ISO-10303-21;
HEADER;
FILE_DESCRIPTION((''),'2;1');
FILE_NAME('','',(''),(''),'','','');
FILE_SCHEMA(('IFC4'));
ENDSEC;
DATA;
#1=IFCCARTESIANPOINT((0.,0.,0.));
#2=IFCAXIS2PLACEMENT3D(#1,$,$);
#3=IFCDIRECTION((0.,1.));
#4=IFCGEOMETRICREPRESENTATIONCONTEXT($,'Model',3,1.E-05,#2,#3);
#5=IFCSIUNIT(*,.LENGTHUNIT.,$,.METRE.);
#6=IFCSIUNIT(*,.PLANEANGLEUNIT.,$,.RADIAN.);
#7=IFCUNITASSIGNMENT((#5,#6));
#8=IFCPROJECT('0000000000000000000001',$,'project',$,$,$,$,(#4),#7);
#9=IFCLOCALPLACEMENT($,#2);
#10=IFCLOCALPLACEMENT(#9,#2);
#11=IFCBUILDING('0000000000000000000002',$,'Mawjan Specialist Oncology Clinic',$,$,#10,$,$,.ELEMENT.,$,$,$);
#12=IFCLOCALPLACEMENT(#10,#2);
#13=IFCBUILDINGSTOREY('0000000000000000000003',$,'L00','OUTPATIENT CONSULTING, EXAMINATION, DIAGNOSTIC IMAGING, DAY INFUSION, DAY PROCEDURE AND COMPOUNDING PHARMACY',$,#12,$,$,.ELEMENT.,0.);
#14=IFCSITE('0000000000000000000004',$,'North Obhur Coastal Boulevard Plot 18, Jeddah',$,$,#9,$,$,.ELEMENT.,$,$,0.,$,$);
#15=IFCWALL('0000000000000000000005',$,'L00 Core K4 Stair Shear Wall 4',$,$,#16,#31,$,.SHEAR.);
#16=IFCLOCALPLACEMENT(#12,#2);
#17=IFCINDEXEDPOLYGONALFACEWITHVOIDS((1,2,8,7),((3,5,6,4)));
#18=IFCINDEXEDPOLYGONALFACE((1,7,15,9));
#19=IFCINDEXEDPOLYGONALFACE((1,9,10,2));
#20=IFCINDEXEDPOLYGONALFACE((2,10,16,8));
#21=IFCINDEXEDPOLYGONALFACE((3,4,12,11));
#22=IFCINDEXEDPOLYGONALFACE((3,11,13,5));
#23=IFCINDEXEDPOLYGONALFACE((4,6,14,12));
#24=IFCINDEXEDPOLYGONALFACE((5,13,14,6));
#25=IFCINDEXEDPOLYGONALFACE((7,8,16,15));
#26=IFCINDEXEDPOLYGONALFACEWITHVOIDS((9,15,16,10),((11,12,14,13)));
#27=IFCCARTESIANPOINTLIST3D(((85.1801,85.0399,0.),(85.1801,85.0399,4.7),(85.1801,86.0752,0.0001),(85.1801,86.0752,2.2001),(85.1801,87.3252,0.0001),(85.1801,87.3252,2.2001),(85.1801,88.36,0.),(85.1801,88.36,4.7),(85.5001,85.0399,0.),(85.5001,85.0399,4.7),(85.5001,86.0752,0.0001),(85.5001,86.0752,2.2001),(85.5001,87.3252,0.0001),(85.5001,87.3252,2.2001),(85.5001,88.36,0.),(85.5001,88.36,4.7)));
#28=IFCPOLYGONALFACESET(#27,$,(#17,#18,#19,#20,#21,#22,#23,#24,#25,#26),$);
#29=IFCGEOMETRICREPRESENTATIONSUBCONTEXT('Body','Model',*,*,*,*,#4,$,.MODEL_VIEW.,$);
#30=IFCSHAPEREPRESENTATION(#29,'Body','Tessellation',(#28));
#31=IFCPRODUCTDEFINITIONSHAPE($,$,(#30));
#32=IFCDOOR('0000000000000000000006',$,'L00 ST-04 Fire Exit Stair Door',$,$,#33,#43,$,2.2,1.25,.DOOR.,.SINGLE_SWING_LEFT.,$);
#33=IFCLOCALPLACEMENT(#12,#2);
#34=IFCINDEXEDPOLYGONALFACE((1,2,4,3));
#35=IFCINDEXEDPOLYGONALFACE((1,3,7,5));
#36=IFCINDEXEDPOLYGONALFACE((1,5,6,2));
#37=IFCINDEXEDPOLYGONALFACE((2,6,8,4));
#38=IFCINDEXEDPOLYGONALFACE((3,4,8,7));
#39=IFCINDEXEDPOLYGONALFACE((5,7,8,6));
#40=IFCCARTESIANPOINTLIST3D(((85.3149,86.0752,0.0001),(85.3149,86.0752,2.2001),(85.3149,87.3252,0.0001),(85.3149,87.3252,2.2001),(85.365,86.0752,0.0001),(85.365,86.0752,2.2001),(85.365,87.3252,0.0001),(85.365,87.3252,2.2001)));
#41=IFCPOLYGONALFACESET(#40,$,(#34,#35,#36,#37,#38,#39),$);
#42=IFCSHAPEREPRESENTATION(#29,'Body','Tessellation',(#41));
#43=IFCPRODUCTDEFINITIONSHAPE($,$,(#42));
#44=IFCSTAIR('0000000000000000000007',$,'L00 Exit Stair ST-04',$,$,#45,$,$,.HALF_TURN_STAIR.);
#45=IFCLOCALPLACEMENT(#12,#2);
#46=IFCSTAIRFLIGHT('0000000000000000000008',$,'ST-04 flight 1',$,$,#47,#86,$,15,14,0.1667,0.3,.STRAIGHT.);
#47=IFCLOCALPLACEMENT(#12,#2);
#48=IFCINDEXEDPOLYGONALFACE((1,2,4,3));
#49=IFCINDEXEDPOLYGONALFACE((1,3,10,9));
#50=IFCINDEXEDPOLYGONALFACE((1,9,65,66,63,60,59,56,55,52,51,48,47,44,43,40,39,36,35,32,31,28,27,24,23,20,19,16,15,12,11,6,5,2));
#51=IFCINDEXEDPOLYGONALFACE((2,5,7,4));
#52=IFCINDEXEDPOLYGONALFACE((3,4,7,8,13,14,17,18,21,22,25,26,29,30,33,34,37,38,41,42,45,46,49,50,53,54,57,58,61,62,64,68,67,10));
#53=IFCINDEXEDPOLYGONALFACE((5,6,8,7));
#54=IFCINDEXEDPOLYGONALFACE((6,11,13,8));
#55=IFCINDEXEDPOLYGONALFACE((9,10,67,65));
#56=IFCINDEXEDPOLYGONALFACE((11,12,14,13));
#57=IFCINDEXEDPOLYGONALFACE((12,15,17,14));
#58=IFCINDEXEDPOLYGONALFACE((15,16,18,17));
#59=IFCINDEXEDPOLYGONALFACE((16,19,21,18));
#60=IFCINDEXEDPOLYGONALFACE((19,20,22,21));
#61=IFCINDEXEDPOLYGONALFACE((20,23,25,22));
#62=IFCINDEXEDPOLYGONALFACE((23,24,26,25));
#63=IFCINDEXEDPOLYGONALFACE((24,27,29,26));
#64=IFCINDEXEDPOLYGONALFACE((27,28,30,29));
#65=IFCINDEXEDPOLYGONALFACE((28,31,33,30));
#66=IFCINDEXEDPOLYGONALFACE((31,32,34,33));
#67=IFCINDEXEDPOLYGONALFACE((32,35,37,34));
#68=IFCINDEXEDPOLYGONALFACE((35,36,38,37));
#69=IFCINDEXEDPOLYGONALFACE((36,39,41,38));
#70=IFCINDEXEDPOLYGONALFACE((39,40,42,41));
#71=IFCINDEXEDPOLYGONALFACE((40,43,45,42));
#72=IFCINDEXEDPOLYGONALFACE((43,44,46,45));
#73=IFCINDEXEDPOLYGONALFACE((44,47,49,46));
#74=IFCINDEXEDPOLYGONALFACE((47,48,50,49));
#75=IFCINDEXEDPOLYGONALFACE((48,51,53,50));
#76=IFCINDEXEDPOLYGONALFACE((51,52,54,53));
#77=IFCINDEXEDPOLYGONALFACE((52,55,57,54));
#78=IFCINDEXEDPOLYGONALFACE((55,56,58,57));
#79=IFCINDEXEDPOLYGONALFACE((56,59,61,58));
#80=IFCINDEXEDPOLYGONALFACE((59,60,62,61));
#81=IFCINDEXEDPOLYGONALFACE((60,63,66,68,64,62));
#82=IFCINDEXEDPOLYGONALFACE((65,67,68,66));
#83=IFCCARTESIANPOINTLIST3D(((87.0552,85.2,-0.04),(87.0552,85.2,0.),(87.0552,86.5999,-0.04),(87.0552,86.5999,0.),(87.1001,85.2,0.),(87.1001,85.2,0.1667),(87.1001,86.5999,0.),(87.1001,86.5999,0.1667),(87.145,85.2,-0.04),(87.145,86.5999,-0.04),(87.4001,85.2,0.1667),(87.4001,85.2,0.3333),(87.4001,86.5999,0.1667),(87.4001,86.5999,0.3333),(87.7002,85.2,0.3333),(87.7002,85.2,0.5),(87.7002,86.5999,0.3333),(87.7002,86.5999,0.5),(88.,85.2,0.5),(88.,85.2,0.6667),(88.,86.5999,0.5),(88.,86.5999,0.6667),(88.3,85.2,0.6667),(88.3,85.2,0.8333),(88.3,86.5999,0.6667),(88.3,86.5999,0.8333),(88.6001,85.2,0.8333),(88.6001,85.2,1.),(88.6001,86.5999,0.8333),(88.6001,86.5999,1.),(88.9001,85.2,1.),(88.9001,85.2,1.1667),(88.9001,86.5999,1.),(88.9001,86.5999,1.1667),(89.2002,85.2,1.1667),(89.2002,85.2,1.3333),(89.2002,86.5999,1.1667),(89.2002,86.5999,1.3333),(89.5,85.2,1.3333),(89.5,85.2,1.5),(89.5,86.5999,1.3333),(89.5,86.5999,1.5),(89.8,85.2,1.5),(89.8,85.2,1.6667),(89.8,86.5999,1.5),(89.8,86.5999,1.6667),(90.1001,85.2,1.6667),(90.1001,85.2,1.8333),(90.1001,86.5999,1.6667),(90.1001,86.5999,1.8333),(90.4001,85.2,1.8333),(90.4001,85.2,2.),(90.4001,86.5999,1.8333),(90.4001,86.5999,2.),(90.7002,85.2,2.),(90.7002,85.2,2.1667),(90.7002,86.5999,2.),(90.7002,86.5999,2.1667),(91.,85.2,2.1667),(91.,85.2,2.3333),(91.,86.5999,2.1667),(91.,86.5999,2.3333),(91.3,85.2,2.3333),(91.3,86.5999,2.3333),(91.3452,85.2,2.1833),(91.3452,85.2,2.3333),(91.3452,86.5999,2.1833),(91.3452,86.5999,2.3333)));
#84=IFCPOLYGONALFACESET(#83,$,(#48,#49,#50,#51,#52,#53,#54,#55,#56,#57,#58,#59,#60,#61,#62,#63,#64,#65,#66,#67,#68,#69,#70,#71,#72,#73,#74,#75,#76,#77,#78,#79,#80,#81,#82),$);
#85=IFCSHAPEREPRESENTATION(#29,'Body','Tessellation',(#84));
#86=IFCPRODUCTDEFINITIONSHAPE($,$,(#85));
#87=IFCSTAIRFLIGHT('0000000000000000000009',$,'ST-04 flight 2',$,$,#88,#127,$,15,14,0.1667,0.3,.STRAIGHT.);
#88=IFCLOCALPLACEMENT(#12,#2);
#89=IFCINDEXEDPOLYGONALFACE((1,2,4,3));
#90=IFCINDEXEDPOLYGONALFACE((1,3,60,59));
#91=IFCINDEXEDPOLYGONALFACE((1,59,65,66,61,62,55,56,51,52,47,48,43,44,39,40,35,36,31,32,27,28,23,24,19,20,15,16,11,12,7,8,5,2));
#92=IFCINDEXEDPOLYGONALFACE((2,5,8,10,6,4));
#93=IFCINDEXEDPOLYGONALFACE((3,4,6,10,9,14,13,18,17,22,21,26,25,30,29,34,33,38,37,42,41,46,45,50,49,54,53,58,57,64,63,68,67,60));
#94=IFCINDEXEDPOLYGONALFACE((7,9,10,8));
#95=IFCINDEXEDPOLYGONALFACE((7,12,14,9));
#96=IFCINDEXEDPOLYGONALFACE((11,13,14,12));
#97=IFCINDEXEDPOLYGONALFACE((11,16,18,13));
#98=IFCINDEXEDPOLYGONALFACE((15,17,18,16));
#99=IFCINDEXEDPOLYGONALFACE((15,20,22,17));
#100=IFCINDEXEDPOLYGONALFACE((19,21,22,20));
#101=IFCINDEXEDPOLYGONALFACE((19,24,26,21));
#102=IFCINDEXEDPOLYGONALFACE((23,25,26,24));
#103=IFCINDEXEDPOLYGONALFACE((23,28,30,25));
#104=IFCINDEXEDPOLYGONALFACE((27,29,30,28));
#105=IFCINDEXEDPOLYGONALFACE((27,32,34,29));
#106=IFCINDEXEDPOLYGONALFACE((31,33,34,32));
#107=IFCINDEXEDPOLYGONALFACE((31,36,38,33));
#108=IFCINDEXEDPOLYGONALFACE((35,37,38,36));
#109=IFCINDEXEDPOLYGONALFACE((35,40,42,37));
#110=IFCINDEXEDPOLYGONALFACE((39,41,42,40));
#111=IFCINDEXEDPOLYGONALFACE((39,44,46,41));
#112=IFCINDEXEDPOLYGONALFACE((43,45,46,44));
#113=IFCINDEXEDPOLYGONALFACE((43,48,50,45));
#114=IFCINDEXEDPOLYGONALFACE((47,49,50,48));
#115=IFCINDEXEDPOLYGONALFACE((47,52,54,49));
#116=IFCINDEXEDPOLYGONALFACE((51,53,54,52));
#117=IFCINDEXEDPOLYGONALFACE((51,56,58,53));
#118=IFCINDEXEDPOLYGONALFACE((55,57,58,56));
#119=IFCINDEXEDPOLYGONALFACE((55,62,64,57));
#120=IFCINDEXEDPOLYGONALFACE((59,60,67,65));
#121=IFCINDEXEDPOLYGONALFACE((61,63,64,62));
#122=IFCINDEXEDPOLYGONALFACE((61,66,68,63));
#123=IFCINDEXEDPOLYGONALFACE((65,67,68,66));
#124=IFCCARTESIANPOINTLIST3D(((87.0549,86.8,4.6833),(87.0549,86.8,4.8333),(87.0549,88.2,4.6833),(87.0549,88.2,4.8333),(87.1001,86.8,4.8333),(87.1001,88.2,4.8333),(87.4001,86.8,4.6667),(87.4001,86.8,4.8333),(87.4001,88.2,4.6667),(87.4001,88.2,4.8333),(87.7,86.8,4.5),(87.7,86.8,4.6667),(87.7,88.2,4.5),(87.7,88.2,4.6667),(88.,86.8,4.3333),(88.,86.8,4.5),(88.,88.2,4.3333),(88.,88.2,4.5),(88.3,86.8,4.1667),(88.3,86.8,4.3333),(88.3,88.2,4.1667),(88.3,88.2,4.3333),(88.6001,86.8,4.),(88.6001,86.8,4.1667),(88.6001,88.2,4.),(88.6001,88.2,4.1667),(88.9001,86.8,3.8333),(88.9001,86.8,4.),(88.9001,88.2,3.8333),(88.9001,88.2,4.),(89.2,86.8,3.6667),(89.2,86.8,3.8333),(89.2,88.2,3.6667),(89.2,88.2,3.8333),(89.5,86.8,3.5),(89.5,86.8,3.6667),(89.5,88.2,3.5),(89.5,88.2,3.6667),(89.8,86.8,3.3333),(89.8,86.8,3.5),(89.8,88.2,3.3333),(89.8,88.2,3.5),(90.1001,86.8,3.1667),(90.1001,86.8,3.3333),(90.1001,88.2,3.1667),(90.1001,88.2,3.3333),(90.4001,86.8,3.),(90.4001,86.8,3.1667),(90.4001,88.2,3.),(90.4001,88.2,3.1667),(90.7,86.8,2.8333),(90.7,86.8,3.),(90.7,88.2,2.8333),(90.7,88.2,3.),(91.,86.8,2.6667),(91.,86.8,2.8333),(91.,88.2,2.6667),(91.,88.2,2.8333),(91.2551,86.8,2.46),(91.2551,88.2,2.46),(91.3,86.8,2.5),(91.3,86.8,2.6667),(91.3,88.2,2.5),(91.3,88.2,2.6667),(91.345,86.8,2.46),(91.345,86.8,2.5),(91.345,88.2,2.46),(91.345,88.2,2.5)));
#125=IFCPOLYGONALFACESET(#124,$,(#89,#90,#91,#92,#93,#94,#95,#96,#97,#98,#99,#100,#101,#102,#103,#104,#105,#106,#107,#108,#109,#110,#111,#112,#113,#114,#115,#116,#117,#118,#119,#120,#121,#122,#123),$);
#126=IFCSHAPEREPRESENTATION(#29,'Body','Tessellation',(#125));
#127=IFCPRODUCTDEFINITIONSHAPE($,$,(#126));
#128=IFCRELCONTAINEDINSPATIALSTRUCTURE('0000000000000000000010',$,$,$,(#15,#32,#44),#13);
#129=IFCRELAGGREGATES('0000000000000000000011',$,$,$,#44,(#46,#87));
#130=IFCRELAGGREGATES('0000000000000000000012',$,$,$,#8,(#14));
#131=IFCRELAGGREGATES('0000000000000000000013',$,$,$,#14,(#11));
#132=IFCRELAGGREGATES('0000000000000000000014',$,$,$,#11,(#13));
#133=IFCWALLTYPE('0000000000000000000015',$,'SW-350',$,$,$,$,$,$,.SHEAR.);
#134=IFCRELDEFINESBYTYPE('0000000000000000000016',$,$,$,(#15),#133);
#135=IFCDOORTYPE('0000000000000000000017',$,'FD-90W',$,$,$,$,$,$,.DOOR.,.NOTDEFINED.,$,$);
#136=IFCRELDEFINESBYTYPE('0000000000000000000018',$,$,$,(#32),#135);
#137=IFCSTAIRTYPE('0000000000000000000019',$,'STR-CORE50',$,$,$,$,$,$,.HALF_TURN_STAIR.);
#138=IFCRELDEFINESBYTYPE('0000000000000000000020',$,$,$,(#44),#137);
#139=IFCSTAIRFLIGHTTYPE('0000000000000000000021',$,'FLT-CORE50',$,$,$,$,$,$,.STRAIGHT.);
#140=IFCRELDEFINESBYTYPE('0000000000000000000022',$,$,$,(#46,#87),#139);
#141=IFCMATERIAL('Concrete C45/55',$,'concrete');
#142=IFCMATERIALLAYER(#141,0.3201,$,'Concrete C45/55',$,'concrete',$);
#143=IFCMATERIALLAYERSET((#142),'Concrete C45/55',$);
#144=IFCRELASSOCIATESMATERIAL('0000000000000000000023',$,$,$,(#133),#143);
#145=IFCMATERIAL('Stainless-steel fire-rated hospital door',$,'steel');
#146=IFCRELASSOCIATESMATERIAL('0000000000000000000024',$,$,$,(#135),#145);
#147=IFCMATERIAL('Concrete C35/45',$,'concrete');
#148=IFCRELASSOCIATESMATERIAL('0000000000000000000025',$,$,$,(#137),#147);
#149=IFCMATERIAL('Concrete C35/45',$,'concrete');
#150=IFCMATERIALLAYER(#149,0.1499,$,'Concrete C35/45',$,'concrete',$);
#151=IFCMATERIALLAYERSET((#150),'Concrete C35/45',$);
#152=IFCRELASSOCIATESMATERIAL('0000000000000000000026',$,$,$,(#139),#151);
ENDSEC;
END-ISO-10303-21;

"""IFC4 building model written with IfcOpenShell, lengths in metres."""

from ifc_helpers import new_model, si_unit, direction, frame, frame_2d, origin, place, context, subcontext, project, spatial, polyline, rectangle, outline, extrude, material, layer, layer_set, type_object, element, fill, aggregate, save


model = new_model("IFC4")

# Units and contexts
model_context = context("Model", 3, precision=1e-05, world=origin(), true_north=direction((0.0, 1.0)))
body_context = subcontext(model_context, "Body", "Model", "MODEL_VIEW")
ifc_project = project(units=[si_unit("LENGTHUNIT", "METRE"), si_unit("PLANEANGLEUNIT", "RADIAN")], contexts=[model_context])

# Site, building, storey
site_placement = place(None, origin())
site = spatial("IfcSite", under=ifc_project, at=site_placement, Name="North Obhur Coastal Boulevard Plot 18, Jeddah", CompositionType="ELEMENT", RefElevation=0.0)
building_placement = place(site_placement, origin())
building = spatial("IfcBuilding", under=site, at=building_placement, Name="Mawjan Specialist Oncology Clinic", CompositionType="ELEMENT")
storey_placement = place(building_placement, origin())
storey = spatial("IfcBuildingStorey", under=building, at=storey_placement, Name="L00", Description="OUTPATIENT CONSULTING, EXAMINATION, DIAGNOSTIC IMAGING, DAY INFUSION, DAY PROCEDURE AND COMPOUNDING PHARMACY", CompositionType="ELEMENT", Elevation=0.0)

# Shared definitions
ifc_material_1 = material(Name="Concrete C45/55", Category="concrete")
ifc_layer_1 = layer(ifc_material_1, 0.3201, Name="Concrete C45/55", Category="concrete")
ifc_layer_set_1 = layer_set([ifc_layer_1], Name="Concrete C45/55")
wall_type = type_object("IfcWallType", Name="SW-350", PredefinedType="SHEAR", material=ifc_layer_set_1)

# Wall, opening, door
wall_1_placement = place(storey_placement, frame((85.3401, 88.3601, 0.0), z_axis=(0.0, 0.0, 1.0), x_axis=(0.0, -1.0, 0.0)))
wall_1 = element("IfcWall", 1, at=wall_1_placement, inside=storey, type_object=wall_type, Name="L00 Core K4 Stair Shear Wall 4", PredefinedType="SHEAR", context=body_context, shape_type="SweptSolid", body=[
    extrude(rectangle(XDim=3.3201, YDim=0.3201, at=frame_2d((1.6602, 0.0))), origin(), (0.0, 0.0, 1.0), 4.7),
])
opening_placement = place(wall_1_placement, frame((1.0349, 0.0, 0.0)))
opening = element("IfcOpeningElement", 2, at=opening_placement, cuts=wall_1, PredefinedType="OPENING", context=body_context, shape_type="SweptSolid", body=[
    extrude(rectangle(XDim=1.25, YDim=2.2, at=frame_2d((0.625, 1.1001))), frame((0.0, 0.1721, 0.0), z_axis=(0.0, -1.0, 0.0), x_axis=(1.0, 0.0, 0.0)), (0.0, 0.0, 1.0), 0.344),
])
ifc_material_2 = material(Name="Stainless-steel fire-rated hospital door", Category="steel")
door_type = type_object("IfcDoorType", Name="FD-90W", OperationType="NOTDEFINED", PredefinedType="DOOR", material=ifc_material_2)
door_placement = place(opening_placement, origin())
door = element("IfcDoor", 3, at=door_placement, inside=storey, type_object=door_type, Name="L00 ST-04 Fire Exit Stair Door", OperationType="SINGLE_SWING_LEFT", OverallHeight=2.2, OverallWidth=1.25, PredefinedType="DOOR", context=body_context, shape_type="SweptSolid", body=[
    extrude(rectangle(XDim=1.25, YDim=2.2, at=frame_2d((0.625, 1.1001))), frame((0.0, 0.0249, 0.0), z_axis=(0.0, -1.0, 0.0), x_axis=(1.0, 0.0, 0.0)), (0.0, 0.0, 1.0), 0.05),
])
fill(opening, door)

# Stair, stair flights
ifc_material_3 = material(Name="Concrete C35/45", Category="concrete")
stair_type = type_object("IfcStairType", Name="STR-CORE50", PredefinedType="HALF_TURN_STAIR", material=ifc_material_3)
stair_placement = place(storey_placement, origin())
stair = element("IfcStair", 4, at=stair_placement, inside=storey, type_object=stair_type, Name="L00 Exit Stair ST-04", PredefinedType="HALF_TURN_STAIR")
ifc_material_4 = material(Name="Concrete C35/45", Category="concrete")
ifc_layer_2 = layer(ifc_material_4, 0.1499, Name="Concrete C35/45", Category="concrete")
ifc_layer_set_2 = layer_set([ifc_layer_2], Name="Concrete C35/45")
stair_flight_type = type_object("IfcStairFlightType", Name="FLT-CORE50", PredefinedType="STRAIGHT", material=ifc_layer_set_2)
stair_flight_1_placement = place(storey_placement, frame((87.1001, 85.8999, 0.0), z_axis=(0.0, 0.0, 1.0), x_axis=(1.0, 0.0, 0.0)))
stair_flight_1 = element("IfcStairFlight", 5, at=stair_flight_1_placement, type_object=stair_flight_type, Name="ST-04 flight 1", NumberOfRisers=15, NumberOfTreads=14, PredefinedType="STRAIGHT", RiserHeight=0.1667, TreadLength=0.3, context=body_context, shape_type="SweptSolid", body=[
    extrude(outline(polyline([(-0.0449, -0.04), (-0.0449, 0.0), (0.0, 0.0), (0.0, 0.1667), (0.3, 0.1667), (0.3, 0.3333), (0.6001, 0.3333), (0.6001, 0.5), (0.8999, 0.5), (0.8999, 0.6667), (1.2, 0.6667), (1.2, 0.8333), (1.5, 0.8333), (1.5, 1.0), (1.8, 1.0), (1.8, 1.1667), (2.1001, 1.1667), (2.1001, 1.3333), (2.3999, 1.3333), (2.3999, 1.5), (2.7, 1.5), (2.7, 1.6667), (3.0, 1.6667), (3.0, 1.8333), (3.3, 1.8333), (3.3, 2.0), (3.6001, 2.0), (3.6001, 2.1667), (3.8999, 2.1667), (3.8999, 2.3333), (4.2, 2.3333), (4.2451, 2.3333), (4.2451, 2.1833), (0.0449, -0.04), (-0.0449, -0.04)])), frame((0.0, 0.7, 0.0), z_axis=(0.0, -1.0, 0.0), x_axis=(1.0, 0.0, 0.0)), (0.0, 0.0, 1.0), 1.3999),
])
stair_flight_2_placement = place(storey_placement, frame((91.3, 87.5, 2.5), z_axis=(0.0, 0.0, 1.0), x_axis=(-1.0, 0.0, 0.0)))
stair_flight_2 = element("IfcStairFlight", 6, at=stair_flight_2_placement, type_object=stair_flight_type, Name="ST-04 flight 2", NumberOfRisers=15, NumberOfTreads=14, PredefinedType="STRAIGHT", RiserHeight=0.1667, TreadLength=0.3, context=body_context, shape_type="SweptSolid", body=[
    extrude(outline(polyline([(-0.0449, -0.04), (-0.0449, 0.0), (0.0, 0.0), (0.0, 0.1667), (0.3, 0.1667), (0.3, 0.3333), (0.6001, 0.3333), (0.6001, 0.5), (0.8999, 0.5), (0.8999, 0.6667), (1.2, 0.6667), (1.2, 0.8333), (1.5, 0.8333), (1.5, 1.0), (1.8, 1.0), (1.8, 1.1667), (2.1001, 1.1667), (2.1001, 1.3333), (2.3999, 1.3333), (2.3999, 1.5), (2.7, 1.5), (2.7, 1.6667), (3.0, 1.6667), (3.0, 1.8333), (3.3, 1.8333), (3.3, 2.0), (3.6001, 2.0), (3.6001, 2.1667), (3.8999, 2.1667), (3.8999, 2.3333), (4.2, 2.3333), (4.2451, 2.3333), (4.2451, 2.1833), (0.0449, -0.04), (-0.0449, -0.04)])), frame((0.0, 0.7, 0.0), z_axis=(0.0, -1.0, 0.0), x_axis=(1.0, 0.0, 0.0)), (0.0, 0.0, 1.0), 1.3999),
])
aggregate(stair, [stair_flight_1, stair_flight_2])

save(model, "model.ifc")
